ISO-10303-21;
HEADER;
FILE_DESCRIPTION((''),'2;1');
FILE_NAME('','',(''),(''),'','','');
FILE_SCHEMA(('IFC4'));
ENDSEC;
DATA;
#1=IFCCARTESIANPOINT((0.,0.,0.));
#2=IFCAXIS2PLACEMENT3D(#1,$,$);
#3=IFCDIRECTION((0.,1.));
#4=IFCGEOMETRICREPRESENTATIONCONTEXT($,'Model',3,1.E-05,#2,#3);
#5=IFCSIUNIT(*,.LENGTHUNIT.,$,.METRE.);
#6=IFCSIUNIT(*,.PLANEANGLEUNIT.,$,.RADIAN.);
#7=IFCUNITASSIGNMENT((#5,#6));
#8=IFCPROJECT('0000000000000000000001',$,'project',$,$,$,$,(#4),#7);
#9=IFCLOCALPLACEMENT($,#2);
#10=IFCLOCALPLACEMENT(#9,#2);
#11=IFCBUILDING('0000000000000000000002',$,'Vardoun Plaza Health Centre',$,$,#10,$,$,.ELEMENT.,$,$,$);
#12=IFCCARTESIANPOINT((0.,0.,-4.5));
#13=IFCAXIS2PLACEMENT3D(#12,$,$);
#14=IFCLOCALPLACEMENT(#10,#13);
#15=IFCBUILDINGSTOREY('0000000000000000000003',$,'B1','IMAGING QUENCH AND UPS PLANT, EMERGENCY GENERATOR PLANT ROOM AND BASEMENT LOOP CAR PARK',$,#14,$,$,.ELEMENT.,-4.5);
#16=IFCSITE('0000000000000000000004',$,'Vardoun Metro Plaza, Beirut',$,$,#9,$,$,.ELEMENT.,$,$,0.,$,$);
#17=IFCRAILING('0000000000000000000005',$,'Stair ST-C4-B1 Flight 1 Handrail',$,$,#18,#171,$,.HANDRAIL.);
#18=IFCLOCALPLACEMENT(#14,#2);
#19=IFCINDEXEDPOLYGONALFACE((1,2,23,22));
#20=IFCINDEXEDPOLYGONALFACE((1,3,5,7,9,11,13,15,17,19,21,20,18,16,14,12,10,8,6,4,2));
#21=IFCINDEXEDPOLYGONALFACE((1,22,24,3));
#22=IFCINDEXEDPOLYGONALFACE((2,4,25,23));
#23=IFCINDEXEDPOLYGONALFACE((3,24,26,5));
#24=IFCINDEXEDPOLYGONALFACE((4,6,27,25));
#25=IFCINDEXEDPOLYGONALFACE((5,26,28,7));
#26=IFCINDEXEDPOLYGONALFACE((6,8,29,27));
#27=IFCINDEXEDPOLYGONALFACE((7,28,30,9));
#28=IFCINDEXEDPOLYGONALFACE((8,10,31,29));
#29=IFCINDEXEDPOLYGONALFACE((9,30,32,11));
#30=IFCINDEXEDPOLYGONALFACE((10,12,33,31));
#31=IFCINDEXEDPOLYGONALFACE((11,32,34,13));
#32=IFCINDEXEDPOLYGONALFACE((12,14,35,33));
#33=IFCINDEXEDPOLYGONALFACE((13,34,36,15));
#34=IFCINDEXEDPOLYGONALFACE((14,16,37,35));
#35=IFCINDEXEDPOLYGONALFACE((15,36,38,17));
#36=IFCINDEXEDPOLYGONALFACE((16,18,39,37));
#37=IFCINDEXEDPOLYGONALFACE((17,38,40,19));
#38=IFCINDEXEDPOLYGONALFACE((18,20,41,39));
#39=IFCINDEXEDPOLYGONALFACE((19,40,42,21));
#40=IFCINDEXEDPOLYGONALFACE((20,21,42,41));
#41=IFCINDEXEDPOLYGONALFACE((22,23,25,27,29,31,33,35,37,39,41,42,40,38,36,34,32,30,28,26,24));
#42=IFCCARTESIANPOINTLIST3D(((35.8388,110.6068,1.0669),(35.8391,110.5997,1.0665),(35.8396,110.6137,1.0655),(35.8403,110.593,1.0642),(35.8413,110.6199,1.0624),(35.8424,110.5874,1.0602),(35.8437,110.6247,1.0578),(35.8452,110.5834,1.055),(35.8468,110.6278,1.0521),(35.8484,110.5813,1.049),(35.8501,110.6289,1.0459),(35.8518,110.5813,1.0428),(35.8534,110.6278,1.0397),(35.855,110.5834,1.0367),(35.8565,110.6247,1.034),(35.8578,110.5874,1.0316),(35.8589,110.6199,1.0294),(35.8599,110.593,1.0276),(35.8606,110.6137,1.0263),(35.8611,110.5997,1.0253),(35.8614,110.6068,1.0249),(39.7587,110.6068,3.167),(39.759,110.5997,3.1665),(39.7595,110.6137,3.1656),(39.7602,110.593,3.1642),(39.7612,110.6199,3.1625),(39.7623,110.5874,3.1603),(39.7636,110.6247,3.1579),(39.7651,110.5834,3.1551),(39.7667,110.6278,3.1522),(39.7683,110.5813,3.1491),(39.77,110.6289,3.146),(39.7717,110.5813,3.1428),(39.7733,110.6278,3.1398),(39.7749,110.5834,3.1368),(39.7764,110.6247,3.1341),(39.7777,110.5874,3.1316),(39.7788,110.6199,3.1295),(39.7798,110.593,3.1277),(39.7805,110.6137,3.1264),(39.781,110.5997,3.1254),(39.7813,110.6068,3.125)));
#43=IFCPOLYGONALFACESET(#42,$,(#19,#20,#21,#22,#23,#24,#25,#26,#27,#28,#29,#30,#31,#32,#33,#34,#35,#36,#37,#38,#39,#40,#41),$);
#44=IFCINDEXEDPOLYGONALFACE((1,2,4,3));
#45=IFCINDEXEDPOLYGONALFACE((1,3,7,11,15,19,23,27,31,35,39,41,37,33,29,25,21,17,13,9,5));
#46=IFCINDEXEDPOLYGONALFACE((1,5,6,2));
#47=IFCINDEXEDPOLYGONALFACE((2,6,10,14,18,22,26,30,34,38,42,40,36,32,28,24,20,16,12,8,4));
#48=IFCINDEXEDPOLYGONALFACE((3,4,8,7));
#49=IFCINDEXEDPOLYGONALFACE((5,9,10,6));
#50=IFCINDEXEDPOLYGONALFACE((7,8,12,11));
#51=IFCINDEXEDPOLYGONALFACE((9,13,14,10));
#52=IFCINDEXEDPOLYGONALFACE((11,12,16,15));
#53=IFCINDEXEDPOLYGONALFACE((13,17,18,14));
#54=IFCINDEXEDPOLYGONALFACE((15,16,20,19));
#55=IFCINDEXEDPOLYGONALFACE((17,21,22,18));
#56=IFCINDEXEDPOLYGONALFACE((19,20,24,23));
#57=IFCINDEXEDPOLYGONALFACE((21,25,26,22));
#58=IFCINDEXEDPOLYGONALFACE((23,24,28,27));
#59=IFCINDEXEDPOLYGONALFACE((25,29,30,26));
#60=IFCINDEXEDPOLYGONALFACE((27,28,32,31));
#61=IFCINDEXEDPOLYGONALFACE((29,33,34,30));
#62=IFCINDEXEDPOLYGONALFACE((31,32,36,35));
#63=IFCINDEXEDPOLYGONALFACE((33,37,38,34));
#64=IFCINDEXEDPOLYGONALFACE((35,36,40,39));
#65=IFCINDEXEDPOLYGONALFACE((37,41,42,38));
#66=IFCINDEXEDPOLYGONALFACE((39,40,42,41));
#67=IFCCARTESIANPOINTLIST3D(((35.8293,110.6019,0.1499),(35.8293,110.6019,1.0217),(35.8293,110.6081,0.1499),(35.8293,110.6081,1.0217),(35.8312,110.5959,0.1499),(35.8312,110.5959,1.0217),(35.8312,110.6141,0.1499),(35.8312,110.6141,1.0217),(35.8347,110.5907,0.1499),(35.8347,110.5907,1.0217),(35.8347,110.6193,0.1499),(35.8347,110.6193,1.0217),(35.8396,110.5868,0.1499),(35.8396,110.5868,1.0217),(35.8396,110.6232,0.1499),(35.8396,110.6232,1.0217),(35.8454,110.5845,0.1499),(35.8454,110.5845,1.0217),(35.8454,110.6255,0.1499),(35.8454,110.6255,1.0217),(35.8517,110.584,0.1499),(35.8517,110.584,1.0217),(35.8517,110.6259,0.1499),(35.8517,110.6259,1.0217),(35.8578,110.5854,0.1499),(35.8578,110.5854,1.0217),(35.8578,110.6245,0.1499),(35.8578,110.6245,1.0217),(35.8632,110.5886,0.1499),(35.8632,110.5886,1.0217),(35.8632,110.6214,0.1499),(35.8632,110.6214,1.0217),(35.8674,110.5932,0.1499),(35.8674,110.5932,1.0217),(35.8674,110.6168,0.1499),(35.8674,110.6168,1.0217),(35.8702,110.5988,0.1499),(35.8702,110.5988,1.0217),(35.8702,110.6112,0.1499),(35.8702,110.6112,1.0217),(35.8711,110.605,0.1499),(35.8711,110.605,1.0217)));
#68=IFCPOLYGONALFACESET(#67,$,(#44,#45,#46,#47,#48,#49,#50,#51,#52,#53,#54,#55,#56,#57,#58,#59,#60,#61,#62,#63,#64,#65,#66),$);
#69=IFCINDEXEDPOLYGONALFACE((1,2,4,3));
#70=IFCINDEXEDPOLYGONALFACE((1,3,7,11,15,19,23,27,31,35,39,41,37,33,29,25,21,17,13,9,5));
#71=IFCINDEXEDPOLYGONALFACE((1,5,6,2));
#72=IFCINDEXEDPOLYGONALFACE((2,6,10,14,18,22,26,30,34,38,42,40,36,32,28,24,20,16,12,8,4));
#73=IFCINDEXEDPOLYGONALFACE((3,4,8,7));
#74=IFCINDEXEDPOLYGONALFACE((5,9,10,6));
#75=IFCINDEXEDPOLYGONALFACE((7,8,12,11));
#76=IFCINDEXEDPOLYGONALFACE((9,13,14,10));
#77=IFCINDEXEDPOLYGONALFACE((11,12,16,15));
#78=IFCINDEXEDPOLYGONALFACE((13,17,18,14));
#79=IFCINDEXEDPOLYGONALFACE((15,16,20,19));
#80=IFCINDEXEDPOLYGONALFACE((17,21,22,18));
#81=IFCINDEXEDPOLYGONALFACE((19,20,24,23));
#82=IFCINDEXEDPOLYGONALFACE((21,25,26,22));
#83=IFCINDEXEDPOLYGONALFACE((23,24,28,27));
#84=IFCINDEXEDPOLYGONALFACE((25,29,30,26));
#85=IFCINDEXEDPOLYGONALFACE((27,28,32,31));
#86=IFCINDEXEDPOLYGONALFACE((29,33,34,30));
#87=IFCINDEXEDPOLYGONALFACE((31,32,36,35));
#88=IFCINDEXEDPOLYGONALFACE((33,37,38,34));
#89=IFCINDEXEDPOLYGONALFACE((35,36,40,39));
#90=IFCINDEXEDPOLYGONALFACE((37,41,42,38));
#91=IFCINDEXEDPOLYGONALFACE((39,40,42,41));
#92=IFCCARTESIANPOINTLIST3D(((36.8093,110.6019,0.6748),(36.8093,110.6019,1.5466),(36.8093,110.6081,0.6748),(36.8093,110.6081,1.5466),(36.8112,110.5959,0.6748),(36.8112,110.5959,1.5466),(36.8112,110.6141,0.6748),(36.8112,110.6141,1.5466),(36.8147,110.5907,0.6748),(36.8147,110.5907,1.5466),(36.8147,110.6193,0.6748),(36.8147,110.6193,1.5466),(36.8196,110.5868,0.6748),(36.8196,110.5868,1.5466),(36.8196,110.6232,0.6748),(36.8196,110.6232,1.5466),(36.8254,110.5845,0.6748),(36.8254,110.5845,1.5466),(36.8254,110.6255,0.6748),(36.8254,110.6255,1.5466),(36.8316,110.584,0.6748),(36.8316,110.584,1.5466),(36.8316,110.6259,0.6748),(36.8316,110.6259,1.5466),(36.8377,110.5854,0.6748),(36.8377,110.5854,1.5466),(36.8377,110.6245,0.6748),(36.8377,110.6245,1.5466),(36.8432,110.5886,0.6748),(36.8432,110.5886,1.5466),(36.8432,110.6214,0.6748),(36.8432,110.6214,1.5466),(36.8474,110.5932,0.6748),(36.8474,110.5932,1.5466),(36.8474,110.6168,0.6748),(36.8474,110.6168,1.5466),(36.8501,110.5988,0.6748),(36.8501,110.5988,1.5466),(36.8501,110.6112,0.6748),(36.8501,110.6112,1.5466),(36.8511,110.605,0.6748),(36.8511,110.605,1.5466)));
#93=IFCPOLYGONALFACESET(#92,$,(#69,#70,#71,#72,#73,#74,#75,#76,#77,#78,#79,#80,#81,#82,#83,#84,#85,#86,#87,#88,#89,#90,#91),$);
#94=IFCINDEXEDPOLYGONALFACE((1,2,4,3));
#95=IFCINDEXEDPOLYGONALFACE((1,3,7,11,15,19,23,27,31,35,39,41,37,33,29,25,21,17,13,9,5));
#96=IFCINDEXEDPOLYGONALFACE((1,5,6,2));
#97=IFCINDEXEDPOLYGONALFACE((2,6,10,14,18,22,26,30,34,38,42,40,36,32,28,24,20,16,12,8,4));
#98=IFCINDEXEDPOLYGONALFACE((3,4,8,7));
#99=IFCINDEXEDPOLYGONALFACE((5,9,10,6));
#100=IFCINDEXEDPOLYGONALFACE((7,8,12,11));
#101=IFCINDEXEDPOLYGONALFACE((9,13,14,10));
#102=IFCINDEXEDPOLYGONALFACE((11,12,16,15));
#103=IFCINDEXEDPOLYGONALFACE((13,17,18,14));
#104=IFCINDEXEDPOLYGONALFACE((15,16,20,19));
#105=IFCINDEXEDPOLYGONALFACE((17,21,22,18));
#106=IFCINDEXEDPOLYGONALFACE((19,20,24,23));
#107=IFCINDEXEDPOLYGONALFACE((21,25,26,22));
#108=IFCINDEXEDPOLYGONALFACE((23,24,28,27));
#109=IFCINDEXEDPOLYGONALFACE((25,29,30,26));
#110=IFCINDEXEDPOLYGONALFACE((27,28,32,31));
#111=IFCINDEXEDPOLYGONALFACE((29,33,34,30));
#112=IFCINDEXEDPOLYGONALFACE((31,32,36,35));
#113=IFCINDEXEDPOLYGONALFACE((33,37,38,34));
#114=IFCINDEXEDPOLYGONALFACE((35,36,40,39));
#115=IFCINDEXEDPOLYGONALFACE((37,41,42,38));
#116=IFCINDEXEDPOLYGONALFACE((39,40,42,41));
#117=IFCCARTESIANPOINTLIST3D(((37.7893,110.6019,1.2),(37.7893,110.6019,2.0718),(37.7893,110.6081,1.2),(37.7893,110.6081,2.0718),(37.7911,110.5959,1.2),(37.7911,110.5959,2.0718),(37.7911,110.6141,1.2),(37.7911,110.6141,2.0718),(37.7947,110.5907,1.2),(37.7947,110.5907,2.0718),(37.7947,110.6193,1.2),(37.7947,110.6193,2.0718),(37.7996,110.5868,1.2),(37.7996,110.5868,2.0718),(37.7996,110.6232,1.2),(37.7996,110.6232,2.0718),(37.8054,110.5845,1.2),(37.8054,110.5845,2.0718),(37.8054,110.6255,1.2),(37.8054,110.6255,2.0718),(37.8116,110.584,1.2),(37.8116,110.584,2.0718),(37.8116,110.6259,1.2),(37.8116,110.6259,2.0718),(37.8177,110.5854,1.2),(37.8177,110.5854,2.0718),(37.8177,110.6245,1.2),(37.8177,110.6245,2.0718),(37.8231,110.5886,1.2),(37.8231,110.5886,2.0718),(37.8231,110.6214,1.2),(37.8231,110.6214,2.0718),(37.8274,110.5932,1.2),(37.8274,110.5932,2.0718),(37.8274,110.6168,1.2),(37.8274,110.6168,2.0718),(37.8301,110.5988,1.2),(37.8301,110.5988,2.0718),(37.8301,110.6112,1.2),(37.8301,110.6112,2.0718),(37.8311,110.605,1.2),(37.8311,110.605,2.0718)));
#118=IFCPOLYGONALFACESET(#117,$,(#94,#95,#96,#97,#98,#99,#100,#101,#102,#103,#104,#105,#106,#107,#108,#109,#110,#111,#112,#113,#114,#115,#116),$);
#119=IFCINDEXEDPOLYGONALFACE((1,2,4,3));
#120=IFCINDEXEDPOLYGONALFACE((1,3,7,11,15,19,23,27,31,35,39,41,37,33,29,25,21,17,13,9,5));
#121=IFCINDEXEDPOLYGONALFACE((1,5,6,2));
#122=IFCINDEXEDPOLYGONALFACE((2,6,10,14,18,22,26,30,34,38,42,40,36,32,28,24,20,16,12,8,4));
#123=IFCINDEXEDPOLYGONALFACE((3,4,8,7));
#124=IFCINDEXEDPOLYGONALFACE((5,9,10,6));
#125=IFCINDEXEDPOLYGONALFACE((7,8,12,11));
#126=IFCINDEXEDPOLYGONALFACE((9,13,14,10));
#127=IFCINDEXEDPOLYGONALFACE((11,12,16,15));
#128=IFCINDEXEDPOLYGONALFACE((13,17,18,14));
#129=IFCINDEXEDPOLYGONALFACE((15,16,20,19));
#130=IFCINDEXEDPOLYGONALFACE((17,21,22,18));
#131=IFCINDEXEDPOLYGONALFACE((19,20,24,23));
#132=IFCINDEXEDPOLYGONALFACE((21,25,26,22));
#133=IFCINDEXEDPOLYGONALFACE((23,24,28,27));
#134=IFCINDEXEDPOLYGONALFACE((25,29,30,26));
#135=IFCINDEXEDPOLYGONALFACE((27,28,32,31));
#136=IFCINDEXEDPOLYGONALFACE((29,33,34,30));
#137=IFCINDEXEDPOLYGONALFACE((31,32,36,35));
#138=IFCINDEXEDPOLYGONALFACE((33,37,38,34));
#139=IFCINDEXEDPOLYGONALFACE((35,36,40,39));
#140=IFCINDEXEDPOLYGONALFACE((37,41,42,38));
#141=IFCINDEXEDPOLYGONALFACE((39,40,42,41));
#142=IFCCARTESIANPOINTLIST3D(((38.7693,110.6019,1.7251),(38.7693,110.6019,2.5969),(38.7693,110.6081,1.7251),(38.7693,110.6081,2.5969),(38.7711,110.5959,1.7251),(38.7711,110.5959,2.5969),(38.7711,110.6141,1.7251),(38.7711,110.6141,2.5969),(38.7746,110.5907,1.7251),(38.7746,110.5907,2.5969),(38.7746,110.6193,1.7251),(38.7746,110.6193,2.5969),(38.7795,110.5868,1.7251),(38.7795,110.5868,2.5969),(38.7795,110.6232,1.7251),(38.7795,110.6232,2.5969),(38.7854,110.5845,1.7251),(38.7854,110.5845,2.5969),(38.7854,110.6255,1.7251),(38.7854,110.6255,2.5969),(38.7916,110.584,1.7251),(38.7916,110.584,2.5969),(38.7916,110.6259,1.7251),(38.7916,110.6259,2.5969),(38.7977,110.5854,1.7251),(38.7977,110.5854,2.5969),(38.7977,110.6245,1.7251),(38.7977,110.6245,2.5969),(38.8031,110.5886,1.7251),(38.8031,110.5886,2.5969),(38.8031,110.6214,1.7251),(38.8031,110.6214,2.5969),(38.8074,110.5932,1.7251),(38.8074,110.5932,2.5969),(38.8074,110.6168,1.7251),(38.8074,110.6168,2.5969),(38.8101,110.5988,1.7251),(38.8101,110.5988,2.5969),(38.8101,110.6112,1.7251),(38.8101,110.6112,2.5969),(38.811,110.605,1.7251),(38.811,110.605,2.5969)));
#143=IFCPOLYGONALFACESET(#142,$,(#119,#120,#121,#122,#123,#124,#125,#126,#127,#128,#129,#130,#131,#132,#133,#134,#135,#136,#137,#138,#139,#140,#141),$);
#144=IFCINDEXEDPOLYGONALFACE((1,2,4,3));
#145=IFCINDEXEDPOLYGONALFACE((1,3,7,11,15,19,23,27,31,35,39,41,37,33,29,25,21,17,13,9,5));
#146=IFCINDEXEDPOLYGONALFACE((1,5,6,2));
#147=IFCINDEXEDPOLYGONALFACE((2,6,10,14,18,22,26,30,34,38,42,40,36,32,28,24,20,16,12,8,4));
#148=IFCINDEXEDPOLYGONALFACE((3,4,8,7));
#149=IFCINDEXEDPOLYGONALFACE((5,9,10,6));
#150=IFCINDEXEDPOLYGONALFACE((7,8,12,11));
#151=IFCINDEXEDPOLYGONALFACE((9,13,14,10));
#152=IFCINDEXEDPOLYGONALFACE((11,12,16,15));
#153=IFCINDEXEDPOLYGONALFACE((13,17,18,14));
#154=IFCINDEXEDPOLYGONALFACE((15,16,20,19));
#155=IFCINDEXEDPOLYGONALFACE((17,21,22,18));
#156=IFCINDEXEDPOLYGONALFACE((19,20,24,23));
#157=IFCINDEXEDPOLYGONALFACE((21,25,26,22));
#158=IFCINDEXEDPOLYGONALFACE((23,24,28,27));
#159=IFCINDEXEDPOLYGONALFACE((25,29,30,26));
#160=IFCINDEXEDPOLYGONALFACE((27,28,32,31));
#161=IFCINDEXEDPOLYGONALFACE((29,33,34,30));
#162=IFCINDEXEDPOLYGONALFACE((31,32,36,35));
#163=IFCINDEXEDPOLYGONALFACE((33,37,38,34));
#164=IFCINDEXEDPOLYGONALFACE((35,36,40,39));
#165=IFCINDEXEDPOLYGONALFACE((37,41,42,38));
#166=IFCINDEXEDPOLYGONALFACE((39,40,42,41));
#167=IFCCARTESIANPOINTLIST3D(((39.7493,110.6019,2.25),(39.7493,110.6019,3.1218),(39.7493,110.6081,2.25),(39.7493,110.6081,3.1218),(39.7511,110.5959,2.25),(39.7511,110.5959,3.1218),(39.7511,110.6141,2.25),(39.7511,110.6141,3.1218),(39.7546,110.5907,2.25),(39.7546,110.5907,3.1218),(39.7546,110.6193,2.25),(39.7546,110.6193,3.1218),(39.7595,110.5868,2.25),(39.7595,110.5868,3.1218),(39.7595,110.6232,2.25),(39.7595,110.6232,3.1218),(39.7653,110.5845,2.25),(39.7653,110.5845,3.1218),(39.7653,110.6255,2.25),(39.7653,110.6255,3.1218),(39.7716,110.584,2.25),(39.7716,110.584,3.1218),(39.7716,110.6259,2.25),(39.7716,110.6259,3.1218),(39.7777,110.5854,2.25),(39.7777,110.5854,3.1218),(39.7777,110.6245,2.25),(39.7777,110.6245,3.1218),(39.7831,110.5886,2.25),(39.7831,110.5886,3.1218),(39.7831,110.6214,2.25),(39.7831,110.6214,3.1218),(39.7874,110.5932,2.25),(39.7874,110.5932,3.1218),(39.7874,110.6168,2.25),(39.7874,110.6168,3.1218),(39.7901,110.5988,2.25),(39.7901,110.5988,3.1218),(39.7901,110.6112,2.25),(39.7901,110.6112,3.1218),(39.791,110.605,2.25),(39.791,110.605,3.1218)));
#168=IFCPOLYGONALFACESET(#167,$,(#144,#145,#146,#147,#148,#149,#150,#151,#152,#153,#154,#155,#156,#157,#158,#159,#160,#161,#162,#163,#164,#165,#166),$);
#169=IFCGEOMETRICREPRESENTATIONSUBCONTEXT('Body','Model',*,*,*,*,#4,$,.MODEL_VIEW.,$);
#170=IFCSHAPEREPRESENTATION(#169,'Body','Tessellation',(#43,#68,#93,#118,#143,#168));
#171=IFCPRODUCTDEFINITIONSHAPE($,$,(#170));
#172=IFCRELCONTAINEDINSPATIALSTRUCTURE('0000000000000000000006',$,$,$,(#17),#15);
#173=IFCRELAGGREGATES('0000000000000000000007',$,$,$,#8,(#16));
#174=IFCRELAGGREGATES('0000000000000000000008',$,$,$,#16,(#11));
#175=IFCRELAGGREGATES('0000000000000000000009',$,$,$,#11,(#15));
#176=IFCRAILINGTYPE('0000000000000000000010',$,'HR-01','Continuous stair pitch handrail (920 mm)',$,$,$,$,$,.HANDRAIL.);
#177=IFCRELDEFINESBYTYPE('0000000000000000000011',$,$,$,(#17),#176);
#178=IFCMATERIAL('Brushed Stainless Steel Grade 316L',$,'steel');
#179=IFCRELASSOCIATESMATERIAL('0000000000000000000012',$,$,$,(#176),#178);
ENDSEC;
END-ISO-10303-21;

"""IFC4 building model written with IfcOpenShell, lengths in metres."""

from ifc_helpers import new_model, si_unit, direction, frame, origin, origin_2d, place, context, subcontext, project, spatial, circle, extrude, material, type_object, element, save


model = new_model("IFC4")

# Units and contexts
model_context = context("Model", 3, precision=1e-05, world=origin(), true_north=direction((0.0, 1.0)))
body_context = subcontext(model_context, "Body", "Model", "MODEL_VIEW")
ifc_project = project(units=[si_unit("LENGTHUNIT", "METRE"), si_unit("PLANEANGLEUNIT", "RADIAN")], contexts=[model_context])

# Site, building, storey
site_placement = place(None, origin())
site = spatial("IfcSite", under=ifc_project, at=site_placement, Name="Vardoun Metro Plaza, Beirut", CompositionType="ELEMENT", RefElevation=0.0)
building_placement = place(site_placement, origin())
building = spatial("IfcBuilding", under=site, at=building_placement, Name="Vardoun Plaza Health Centre", CompositionType="ELEMENT")
storey_placement = place(building_placement, frame((0.0, 0.0, -4.5)))
storey = spatial("IfcBuildingStorey", under=building, at=storey_placement, Name="B1", Description="IMAGING QUENCH AND UPS PLANT, EMERGENCY GENERATOR PLANT ROOM AND BASEMENT LOOP CAR PARK", CompositionType="ELEMENT", Elevation=-4.5)

# Railing
ifc_material_1 = material(Name="Brushed Stainless Steel Grade 316L", Category="steel")
railing_type_1 = type_object("IfcRailingType", Name="HR-01", Description="Continuous stair pitch handrail (920 mm)", PredefinedType="HANDRAIL", material=ifc_material_1)
railing_1_placement = place(storey_placement, frame((35.8501, 110.605, 0.1499)))
element("IfcRailing", 1, at=railing_1_placement, inside=storey, type_object=railing_type_1, Name="Stair ST-C4-B1 Flight 1 Handrail", PredefinedType="HANDRAIL", context=body_context, shape_type="SweptSolid", body=[
    extrude(circle(Radius=0.0239, at=origin_2d()), frame((0.0, 0.0, 0.896), z_axis=(0.881467, 0.0, 0.472246), x_axis=(0.0, 1.0, 0.0)), (0.0, 0.0, 1.0), 4.447),
    extrude(circle(Radius=0.021, at=origin_2d()), origin(), (0.0, 0.0, 1.0), 0.8718),
    extrude(circle(Radius=0.021, at=origin_2d()), frame((0.98, 0.0, 0.5249)), (0.0, 0.0, 1.0), 0.8718),
    extrude(circle(Radius=0.021, at=origin_2d()), frame((1.96, 0.0, 1.05)), (0.0, 0.0, 1.0), 0.8718),
    extrude(circle(Radius=0.021, at=origin_2d()), frame((2.9399, 0.0, 1.5752)), (0.0, 0.0, 1.0), 0.8718),
    extrude(circle(Radius=0.021, at=origin_2d()), frame((3.9199, 0.0, 2.1001)), (0.0, 0.0, 1.0), 0.8718),
])

save(model, "model.ifc")
